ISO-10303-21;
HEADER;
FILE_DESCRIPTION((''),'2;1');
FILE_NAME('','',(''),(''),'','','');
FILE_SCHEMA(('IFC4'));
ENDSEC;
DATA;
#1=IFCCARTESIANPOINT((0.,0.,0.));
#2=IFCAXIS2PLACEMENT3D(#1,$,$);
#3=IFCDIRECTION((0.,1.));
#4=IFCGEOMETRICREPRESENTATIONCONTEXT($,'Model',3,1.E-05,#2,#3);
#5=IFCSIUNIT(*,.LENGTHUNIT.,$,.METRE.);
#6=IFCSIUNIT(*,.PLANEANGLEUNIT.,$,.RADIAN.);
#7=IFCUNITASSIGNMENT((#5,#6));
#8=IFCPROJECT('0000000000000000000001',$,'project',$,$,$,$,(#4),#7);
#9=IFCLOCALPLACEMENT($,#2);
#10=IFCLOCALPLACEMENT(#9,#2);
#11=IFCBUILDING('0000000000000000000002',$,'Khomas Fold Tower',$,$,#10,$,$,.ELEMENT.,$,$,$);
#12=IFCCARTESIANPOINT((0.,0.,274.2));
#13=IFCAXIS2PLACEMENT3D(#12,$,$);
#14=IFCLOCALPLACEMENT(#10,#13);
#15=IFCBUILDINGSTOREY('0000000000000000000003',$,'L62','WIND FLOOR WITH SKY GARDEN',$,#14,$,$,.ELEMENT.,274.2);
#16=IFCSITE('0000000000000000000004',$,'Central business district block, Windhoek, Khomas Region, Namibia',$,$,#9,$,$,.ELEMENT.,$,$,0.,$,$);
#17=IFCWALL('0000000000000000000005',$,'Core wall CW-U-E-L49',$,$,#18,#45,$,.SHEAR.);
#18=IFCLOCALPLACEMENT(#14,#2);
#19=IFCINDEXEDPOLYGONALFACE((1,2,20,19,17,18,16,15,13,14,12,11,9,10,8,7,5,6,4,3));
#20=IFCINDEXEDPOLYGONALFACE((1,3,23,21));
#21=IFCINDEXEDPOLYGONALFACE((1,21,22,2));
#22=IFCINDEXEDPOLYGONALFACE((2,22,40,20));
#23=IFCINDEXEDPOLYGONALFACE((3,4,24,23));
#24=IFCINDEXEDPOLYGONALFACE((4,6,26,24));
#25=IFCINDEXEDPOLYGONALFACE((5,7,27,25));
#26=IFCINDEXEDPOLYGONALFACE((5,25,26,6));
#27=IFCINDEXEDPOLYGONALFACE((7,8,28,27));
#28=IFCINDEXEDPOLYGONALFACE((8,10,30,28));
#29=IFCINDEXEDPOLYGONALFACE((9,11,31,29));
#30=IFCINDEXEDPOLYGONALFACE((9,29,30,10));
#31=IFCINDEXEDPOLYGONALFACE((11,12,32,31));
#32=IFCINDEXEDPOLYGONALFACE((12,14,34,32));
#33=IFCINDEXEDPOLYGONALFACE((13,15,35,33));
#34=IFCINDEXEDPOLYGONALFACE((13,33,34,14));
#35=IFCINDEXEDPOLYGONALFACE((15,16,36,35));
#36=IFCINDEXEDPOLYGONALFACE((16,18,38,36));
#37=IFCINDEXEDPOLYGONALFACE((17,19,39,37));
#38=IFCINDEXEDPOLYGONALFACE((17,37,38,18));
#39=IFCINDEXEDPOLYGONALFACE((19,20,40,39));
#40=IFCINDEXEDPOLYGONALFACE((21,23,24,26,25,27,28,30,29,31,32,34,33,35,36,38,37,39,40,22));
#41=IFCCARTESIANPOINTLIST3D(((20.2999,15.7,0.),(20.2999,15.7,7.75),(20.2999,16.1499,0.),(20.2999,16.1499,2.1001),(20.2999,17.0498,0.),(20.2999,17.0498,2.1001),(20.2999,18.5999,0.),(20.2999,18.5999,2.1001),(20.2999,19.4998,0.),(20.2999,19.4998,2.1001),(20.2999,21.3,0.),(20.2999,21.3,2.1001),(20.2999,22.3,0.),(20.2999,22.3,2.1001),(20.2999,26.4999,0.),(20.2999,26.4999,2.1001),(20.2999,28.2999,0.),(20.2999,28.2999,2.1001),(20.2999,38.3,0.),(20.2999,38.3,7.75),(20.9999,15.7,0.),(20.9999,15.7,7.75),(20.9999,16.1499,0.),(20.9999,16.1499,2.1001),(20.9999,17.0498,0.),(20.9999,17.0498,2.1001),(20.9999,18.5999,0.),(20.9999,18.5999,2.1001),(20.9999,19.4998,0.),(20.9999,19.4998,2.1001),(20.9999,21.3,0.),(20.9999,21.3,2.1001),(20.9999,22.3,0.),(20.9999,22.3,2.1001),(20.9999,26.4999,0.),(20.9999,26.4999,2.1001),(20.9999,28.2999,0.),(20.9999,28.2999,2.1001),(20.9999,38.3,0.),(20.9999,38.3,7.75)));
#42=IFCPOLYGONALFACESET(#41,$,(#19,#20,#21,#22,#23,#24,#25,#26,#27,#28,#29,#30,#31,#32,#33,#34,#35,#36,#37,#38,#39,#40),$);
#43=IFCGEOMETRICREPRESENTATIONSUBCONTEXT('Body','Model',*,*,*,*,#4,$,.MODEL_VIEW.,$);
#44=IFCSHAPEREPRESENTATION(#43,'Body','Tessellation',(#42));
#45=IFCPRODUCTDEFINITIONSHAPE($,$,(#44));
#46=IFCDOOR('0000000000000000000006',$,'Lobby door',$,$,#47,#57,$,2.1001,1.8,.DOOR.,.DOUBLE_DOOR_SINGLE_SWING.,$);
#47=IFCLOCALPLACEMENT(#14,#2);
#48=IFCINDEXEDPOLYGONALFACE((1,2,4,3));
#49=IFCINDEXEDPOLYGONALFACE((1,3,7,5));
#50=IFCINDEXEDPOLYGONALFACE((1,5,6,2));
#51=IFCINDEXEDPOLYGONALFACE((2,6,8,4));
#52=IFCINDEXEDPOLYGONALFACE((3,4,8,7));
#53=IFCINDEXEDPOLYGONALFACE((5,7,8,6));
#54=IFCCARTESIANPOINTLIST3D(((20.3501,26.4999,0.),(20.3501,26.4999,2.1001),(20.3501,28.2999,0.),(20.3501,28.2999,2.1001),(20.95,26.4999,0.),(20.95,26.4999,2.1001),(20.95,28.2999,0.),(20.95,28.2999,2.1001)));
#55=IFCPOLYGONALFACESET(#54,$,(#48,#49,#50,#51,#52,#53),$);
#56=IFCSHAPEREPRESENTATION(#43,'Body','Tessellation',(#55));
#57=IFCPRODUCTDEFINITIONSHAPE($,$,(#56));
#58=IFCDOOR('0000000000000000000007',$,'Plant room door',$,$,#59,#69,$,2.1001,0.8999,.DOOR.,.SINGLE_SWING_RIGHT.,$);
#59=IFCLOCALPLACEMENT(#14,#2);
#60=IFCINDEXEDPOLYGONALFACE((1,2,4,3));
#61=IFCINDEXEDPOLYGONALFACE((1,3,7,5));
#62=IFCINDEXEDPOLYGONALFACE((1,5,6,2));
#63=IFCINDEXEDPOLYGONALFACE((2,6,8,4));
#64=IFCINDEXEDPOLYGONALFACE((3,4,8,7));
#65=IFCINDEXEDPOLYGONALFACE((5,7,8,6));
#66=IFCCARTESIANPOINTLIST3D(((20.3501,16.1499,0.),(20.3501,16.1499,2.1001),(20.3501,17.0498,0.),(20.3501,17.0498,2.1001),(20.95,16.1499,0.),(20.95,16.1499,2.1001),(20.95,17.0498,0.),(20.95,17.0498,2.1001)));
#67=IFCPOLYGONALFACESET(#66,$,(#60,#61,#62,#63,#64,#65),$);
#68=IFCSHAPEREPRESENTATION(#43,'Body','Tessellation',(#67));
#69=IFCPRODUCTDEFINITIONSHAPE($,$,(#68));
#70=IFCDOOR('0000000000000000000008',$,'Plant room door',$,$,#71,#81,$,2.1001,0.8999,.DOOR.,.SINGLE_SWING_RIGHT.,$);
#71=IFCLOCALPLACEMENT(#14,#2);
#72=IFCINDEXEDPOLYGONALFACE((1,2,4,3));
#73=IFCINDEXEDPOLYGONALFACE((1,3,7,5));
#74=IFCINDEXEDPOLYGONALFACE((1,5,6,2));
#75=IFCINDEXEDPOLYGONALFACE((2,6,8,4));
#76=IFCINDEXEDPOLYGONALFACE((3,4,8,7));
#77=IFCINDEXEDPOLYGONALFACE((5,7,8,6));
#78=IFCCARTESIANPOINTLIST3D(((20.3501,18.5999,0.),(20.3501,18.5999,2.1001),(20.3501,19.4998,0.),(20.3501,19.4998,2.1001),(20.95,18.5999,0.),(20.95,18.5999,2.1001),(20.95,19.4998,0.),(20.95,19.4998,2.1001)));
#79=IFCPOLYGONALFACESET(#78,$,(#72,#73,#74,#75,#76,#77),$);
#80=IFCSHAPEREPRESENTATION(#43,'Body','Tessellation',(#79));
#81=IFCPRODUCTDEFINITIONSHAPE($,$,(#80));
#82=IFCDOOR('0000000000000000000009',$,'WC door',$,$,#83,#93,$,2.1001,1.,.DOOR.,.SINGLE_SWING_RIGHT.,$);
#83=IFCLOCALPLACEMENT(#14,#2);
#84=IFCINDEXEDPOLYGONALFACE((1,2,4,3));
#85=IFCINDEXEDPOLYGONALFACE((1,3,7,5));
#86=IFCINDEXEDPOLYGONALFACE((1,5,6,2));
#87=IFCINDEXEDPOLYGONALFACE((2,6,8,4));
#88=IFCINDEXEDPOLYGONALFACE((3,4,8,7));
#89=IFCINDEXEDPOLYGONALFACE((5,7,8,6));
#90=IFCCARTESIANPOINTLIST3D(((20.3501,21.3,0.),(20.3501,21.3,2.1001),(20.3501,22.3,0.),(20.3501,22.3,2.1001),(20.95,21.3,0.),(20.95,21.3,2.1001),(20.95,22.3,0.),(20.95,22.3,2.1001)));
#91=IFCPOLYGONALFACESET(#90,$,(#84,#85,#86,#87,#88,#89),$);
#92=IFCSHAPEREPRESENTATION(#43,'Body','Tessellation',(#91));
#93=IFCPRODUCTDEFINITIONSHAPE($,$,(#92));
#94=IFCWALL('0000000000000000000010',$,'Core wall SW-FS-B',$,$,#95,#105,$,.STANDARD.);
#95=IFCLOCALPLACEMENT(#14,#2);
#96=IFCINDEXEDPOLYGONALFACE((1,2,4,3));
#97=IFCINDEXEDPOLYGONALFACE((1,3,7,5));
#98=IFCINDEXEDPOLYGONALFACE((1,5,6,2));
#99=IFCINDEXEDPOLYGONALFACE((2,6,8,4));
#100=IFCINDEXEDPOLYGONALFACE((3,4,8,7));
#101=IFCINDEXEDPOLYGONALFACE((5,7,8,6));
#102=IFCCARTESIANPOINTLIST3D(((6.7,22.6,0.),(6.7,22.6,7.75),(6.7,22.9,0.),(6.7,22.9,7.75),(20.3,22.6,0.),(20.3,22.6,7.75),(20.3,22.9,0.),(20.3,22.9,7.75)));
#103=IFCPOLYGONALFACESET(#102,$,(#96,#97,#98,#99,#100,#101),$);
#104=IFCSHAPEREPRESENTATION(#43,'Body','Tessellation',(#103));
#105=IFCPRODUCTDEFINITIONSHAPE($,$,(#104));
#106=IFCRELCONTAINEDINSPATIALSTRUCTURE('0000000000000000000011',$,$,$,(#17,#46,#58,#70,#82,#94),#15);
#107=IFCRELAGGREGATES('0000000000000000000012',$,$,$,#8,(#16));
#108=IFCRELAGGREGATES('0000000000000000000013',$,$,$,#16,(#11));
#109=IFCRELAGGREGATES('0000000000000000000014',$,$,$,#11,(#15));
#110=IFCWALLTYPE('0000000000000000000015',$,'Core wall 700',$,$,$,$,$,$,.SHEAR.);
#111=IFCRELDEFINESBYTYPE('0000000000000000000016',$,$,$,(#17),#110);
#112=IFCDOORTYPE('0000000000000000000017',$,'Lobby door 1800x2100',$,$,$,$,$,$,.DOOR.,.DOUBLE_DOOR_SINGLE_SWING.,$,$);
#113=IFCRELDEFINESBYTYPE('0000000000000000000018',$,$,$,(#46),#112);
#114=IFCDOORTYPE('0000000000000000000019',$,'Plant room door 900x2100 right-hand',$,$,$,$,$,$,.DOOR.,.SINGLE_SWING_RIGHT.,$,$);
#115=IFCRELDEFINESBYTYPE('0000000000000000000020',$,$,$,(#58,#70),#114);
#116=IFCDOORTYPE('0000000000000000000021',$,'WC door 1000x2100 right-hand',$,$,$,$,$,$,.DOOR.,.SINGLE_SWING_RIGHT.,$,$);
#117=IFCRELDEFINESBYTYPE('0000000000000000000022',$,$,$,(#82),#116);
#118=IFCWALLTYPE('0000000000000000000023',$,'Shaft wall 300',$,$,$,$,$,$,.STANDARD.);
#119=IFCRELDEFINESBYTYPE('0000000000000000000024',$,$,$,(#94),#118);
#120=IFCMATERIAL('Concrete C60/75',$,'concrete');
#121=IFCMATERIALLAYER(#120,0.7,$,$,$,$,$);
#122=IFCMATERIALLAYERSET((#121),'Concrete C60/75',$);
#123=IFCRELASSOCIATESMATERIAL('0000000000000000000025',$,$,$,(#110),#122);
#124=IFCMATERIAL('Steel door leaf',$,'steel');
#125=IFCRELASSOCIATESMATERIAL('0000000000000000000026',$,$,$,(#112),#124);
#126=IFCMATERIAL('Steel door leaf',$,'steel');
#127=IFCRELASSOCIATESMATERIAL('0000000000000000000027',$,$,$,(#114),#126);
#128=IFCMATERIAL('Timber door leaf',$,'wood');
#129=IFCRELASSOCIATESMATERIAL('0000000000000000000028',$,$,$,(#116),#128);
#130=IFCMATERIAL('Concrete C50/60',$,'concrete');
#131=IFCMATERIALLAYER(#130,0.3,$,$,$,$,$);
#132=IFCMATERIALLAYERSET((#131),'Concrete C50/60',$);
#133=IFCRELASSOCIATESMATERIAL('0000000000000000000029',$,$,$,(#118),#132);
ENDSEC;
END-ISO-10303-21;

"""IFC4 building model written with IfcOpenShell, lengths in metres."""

from ifc_helpers import new_model, si_unit, direction, frame, frame_2d, origin, place, context, subcontext, project, spatial, rectangle, extrude, source, transform, mapped, material, layer, layer_set, type_object, element, fill, save


model = new_model("IFC4")

# Units and contexts
model_context = context("Model", 3, precision=1e-05, world=origin(), true_north=direction((0.0, 1.0)))
body_context = subcontext(model_context, "Body", "Model", "MODEL_VIEW")
ifc_project = project(units=[si_unit("LENGTHUNIT", "METRE"), si_unit("PLANEANGLEUNIT", "RADIAN")], contexts=[model_context])

# Site, building, storey
site_placement = place(None, origin())
site = spatial("IfcSite", under=ifc_project, at=site_placement, Name="Central business district block, Windhoek, Khomas Region, Namibia", CompositionType="ELEMENT", RefElevation=0.0)
building_placement = place(site_placement, origin())
building = spatial("IfcBuilding", under=site, at=building_placement, Name="Khomas Fold Tower", CompositionType="ELEMENT")
storey_placement = place(building_placement, frame((0.0, 0.0, 274.2)))
storey = spatial("IfcBuildingStorey", under=building, at=storey_placement, Name="L62", Description="WIND FLOOR WITH SKY GARDEN", CompositionType="ELEMENT", Elevation=274.2)

# Wall, openings, doors
ifc_material_1 = material(Name="Concrete C60/75", Category="concrete")
ifc_layer_1 = layer(ifc_material_1, 0.7)
ifc_layer_set_1 = layer_set([ifc_layer_1], Name="Concrete C60/75")
wall_type_1 = type_object("IfcWallType", Name="Core wall 700", PredefinedType="SHEAR", material=ifc_layer_set_1)
shared_shape_1 = source(origin(), body_context, "Body", "SweptSolid", [
    extrude(rectangle(XDim=22.6001, YDim=0.7, at=frame_2d((11.3, 0.0))), origin(), (0.0, 0.0, 1.0), 7.75),
])
wall_1_placement = place(storey_placement, frame((20.6499, 15.7, 0.0), z_axis=(0.0, 0.0, 1.0), x_axis=(0.0, 1.0, 0.0)))
wall_1 = element("IfcWall", 1, at=wall_1_placement, inside=storey, type_object=wall_type_1, Name="Core wall CW-U-E-L49", PredefinedType="SHEAR", context=body_context, shape_type="MappedRepresentation", body=[
    mapped(shared_shape_1, transform((0.0, 0.0, 0.0))),
])
shared_shape_2 = source(origin(), body_context, "Body", "SweptSolid", [
    extrude(rectangle(XDim=1.8, YDim=2.1001, at=frame_2d((0.8999, 1.05))), frame((0.0, 0.3599, 0.0), z_axis=(0.0, -1.0, 0.0), x_axis=(1.0, 0.0, 0.0)), (0.0, 0.0, 1.0), 0.72),
])
opening_1_placement = place(wall_1_placement, frame((10.8, 0.0, 0.0)))
opening_1 = element("IfcOpeningElement", 2, at=opening_1_placement, cuts=wall_1, PredefinedType="OPENING", context=body_context, shape_type="MappedRepresentation", body=[
    mapped(shared_shape_2, transform((0.0, 0.0, 0.0))),
])
shared_shape_3 = source(origin(), body_context, "Body", "SweptSolid", [
    extrude(rectangle(XDim=0.8999, YDim=2.1001, at=frame_2d((0.45, 1.05))), frame((0.0, 0.3599, 0.0), z_axis=(0.0, -1.0, 0.0), x_axis=(1.0, 0.0, 0.0)), (0.0, 0.0, 1.0), 0.72),
])
opening_2_placement = place(wall_1_placement, frame((0.45, 0.0, 0.0)))
opening_2 = element("IfcOpeningElement", 3, at=opening_2_placement, cuts=wall_1, PredefinedType="OPENING", context=body_context, shape_type="MappedRepresentation", body=[
    mapped(shared_shape_3, transform((0.0, 0.0, 0.0))),
])
opening_3_placement = place(wall_1_placement, frame((2.8999, 0.0, 0.0)))
opening_3 = element("IfcOpeningElement", 4, at=opening_3_placement, cuts=wall_1, PredefinedType="OPENING", context=body_context, shape_type="MappedRepresentation", body=[
    mapped(shared_shape_3, transform((0.0, 0.0, 0.0))),
])
shared_shape_4 = source(origin(), body_context, "Body", "SweptSolid", [
    extrude(rectangle(XDim=1.0, YDim=2.1001, at=frame_2d((0.5, 1.05))), frame((0.0, 0.3599, 0.0), z_axis=(0.0, -1.0, 0.0), x_axis=(1.0, 0.0, 0.0)), (0.0, 0.0, 1.0), 0.72),
])
opening_4_placement = place(wall_1_placement, frame((5.6001, 0.0, 0.0)))
opening_4 = element("IfcOpeningElement", 5, at=opening_4_placement, cuts=wall_1, PredefinedType="OPENING", context=body_context, shape_type="MappedRepresentation", body=[
    mapped(shared_shape_4, transform((0.0, 0.0, 0.0))),
])
ifc_material_2 = material(Name="Steel door leaf", Category="steel")
door_type_1 = type_object("IfcDoorType", Name="Lobby door 1800x2100", OperationType="DOUBLE_DOOR_SINGLE_SWING", PredefinedType="DOOR", material=ifc_material_2)
shared_shape_5 = source(origin(), body_context, "Body", "SweptSolid", [
    extrude(rectangle(XDim=1.8, YDim=2.1001, at=frame_2d((0.8999, 1.05))), frame((0.0, 0.2998, 0.0), z_axis=(0.0, -1.0, 0.0), x_axis=(1.0, 0.0, 0.0)), (0.0, 0.0, 1.0), 0.5999),
])
door_1_placement = place(opening_1_placement, origin())
door_1 = element("IfcDoor", 6, at=door_1_placement, inside=storey, type_object=door_type_1, Name="Lobby door", OperationType="DOUBLE_DOOR_SINGLE_SWING", OverallHeight=2.1001, OverallWidth=1.8, PredefinedType="DOOR", context=body_context, shape_type="MappedRepresentation", body=[
    mapped(shared_shape_5, transform((0.0, 0.0, 0.0))),
])
fill(opening_1, door_1)
ifc_material_3 = material(Name="Steel door leaf", Category="steel")
door_type_2 = type_object("IfcDoorType", Name="Plant room door 900x2100 right-hand", OperationType="SINGLE_SWING_RIGHT", PredefinedType="DOOR", material=ifc_material_3)
shared_shape_6 = source(origin(), body_context, "Body", "SweptSolid", [
    extrude(rectangle(XDim=0.8999, YDim=2.1001, at=frame_2d((0.45, 1.05))), frame((0.0, 0.2998, 0.0), z_axis=(0.0, -1.0, 0.0), x_axis=(1.0, 0.0, 0.0)), (0.0, 0.0, 1.0), 0.5999),
])
door_2_placement = place(opening_2_placement, origin())
door_2 = element("IfcDoor", 7, at=door_2_placement, inside=storey, type_object=door_type_2, Name="Plant room door", OperationType="SINGLE_SWING_RIGHT", OverallHeight=2.1001, OverallWidth=0.8999, PredefinedType="DOOR", context=body_context, shape_type="MappedRepresentation", body=[
    mapped(shared_shape_6, transform((0.0, 0.0, 0.0))),
])
fill(opening_2, door_2)
door_3_placement = place(opening_3_placement, origin())
door_3 = element("IfcDoor", 8, at=door_3_placement, inside=storey, type_object=door_type_2, Name="Plant room door", OperationType="SINGLE_SWING_RIGHT", OverallHeight=2.1001, OverallWidth=0.8999, PredefinedType="DOOR", context=body_context, shape_type="MappedRepresentation", body=[
    mapped(shared_shape_6, transform((0.0, 0.0, 0.0))),
])
fill(opening_3, door_3)
ifc_material_4 = material(Name="Timber door leaf", Category="wood")
door_type_3 = type_object("IfcDoorType", Name="WC door 1000x2100 right-hand", OperationType="SINGLE_SWING_RIGHT", PredefinedType="DOOR", material=ifc_material_4)
shared_shape_7 = source(origin(), body_context, "Body", "SweptSolid", [
    extrude(rectangle(XDim=1.0, YDim=2.1001, at=frame_2d((0.5, 1.05))), frame((0.0, 0.2998, 0.0), z_axis=(0.0, -1.0, 0.0), x_axis=(1.0, 0.0, 0.0)), (0.0, 0.0, 1.0), 0.5999),
])
door_4_placement = place(opening_4_placement, origin())
door_4 = element("IfcDoor", 9, at=door_4_placement, inside=storey, type_object=door_type_3, Name="WC door", OperationType="SINGLE_SWING_RIGHT", OverallHeight=2.1001, OverallWidth=1.0, PredefinedType="DOOR", context=body_context, shape_type="MappedRepresentation", body=[
    mapped(shared_shape_7, transform((0.0, 0.0, 0.0))),
])
fill(opening_4, door_4)

# Wall
ifc_material_5 = material(Name="Concrete C50/60", Category="concrete")
ifc_layer_2 = layer(ifc_material_5, 0.3)
ifc_layer_set_2 = layer_set([ifc_layer_2], Name="Concrete C50/60")
wall_type_2 = type_object("IfcWallType", Name="Shaft wall 300", PredefinedType="STANDARD", material=ifc_layer_set_2)
shared_shape_8 = source(origin(), body_context, "Body", "SweptSolid", [
    extrude(rectangle(XDim=13.6001, YDim=0.3, at=frame_2d((6.8, 0.0))), origin(), (0.0, 0.0, 1.0), 7.75),
])
wall_2_placement = place(storey_placement, frame((6.7, 22.75, 0.0), z_axis=(0.0, 0.0, 1.0), x_axis=(1.0, 0.0, 0.0)))
element("IfcWall", 10, at=wall_2_placement, inside=storey, type_object=wall_type_2, Name="Core wall SW-FS-B", PredefinedType="STANDARD", context=body_context, shape_type="MappedRepresentation", body=[
    mapped(shared_shape_8, transform((0.0, 0.0, 0.0))),
])

save(model, "model.ifc")
